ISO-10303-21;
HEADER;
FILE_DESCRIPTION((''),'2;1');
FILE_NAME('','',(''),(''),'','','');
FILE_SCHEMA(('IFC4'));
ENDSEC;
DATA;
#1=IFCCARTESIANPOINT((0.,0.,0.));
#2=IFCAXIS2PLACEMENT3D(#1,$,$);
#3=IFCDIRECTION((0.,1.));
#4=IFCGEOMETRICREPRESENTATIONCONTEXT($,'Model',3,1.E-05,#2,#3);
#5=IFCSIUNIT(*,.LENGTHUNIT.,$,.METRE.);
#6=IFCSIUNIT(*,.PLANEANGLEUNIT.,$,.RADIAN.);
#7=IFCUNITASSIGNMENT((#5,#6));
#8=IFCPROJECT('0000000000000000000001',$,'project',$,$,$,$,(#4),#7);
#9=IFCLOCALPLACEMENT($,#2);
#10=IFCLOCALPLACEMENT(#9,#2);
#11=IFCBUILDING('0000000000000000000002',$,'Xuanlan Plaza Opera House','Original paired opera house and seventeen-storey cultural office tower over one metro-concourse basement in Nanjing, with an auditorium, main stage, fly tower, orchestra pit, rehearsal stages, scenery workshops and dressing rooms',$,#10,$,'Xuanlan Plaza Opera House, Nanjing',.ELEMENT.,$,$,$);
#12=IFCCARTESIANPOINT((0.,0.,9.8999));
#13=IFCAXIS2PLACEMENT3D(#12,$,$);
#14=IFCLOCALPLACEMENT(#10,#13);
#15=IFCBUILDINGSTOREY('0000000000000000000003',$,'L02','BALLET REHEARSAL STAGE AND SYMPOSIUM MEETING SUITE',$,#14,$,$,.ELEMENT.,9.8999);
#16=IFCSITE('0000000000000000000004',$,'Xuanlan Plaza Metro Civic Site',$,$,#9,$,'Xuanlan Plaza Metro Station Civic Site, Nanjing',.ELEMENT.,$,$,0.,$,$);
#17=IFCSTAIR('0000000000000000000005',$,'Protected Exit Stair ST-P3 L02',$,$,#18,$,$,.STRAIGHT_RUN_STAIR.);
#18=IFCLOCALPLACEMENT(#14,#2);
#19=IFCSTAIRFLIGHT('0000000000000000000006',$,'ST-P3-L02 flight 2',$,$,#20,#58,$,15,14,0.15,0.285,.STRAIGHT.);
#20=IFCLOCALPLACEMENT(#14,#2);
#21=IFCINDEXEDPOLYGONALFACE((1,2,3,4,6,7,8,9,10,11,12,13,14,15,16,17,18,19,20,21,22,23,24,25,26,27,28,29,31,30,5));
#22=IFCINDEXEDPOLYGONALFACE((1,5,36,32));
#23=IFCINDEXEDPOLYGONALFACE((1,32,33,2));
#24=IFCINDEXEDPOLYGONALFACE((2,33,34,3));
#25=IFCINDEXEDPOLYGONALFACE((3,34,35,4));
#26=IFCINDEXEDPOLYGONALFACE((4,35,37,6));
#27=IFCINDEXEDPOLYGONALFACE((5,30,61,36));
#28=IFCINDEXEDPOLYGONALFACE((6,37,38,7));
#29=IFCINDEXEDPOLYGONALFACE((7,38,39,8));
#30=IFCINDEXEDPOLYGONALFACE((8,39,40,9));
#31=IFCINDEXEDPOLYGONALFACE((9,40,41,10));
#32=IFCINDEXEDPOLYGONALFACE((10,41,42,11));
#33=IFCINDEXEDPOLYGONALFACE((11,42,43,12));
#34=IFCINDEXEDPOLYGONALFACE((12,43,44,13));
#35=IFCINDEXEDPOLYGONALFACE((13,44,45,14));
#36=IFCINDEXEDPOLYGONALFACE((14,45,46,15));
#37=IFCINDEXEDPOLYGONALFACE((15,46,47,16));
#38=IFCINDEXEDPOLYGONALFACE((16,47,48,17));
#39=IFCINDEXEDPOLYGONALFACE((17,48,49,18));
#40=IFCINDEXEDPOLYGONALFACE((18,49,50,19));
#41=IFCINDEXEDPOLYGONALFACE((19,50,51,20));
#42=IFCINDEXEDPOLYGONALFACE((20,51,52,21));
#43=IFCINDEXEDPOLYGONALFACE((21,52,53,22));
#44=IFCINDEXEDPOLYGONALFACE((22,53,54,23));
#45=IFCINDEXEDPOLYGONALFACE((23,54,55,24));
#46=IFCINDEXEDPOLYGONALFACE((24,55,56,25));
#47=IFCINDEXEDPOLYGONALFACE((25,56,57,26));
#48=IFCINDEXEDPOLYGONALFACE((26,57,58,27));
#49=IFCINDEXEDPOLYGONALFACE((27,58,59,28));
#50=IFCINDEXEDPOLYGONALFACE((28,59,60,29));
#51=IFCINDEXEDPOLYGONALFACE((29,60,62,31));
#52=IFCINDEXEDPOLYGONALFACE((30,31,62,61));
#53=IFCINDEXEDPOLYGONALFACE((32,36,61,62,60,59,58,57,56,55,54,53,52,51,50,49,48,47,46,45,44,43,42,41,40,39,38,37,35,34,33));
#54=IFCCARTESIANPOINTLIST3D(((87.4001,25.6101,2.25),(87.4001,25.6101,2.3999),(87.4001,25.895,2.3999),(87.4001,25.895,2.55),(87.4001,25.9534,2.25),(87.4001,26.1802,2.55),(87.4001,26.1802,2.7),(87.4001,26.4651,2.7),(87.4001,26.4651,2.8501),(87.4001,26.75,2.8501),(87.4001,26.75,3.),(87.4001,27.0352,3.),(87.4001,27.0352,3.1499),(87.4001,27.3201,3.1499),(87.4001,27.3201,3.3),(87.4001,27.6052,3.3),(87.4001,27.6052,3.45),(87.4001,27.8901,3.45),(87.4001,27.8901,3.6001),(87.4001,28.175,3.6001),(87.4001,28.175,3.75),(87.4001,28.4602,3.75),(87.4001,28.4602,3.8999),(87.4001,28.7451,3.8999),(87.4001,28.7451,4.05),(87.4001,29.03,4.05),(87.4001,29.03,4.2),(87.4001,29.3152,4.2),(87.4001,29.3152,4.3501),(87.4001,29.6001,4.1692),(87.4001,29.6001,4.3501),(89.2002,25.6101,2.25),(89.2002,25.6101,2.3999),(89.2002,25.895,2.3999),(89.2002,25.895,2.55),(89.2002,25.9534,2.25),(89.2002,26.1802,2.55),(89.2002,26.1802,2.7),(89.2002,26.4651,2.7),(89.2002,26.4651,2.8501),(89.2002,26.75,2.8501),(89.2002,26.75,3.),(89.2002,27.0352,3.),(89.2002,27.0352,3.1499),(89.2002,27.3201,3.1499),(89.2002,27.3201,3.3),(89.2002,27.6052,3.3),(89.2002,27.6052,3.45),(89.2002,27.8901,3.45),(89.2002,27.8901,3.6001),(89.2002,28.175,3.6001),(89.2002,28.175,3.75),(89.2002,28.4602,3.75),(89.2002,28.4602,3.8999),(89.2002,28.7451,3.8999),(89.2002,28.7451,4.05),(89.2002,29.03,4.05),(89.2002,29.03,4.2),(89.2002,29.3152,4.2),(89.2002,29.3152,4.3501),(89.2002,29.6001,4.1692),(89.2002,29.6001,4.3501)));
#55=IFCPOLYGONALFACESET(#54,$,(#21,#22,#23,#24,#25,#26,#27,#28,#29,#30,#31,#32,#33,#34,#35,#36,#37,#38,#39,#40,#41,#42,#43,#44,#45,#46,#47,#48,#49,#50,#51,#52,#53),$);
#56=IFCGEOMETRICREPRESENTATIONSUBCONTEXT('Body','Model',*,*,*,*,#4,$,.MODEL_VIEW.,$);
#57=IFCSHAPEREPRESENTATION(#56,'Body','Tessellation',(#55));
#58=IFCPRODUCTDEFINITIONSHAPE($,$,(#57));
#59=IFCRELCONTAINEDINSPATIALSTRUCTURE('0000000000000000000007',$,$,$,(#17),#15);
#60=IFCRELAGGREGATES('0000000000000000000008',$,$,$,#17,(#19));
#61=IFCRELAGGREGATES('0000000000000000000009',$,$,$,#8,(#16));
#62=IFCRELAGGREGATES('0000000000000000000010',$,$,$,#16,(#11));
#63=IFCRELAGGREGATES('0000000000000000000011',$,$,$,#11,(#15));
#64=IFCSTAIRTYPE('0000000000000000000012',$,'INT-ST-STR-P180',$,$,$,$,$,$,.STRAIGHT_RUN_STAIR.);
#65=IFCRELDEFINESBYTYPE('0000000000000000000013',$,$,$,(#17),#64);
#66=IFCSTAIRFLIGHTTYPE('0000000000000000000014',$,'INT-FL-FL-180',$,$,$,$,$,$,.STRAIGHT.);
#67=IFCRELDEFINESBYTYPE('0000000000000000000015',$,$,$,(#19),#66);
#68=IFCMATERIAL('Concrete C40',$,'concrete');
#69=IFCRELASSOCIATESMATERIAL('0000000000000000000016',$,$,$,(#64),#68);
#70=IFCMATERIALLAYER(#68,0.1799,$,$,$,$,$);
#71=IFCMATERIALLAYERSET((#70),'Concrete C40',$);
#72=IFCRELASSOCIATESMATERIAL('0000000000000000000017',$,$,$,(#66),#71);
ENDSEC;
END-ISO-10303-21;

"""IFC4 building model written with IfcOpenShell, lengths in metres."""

from ifc_helpers import new_model, si_unit, direction, frame, origin, place, context, subcontext, project, spatial, polyline, outline, extrude, material, layer, layer_set, type_object, element, aggregate, save


model = new_model("IFC4")

# Units and contexts
model_context = context("Model", 3, precision=1e-05, world=origin(), true_north=direction((0.0, 1.0)))
body_context = subcontext(model_context, "Body", "Model", "MODEL_VIEW")
ifc_project = project(units=[si_unit("LENGTHUNIT", "METRE"), si_unit("PLANEANGLEUNIT", "RADIAN")], contexts=[model_context])

# Site, building, storey
site_placement = place(None, origin())
site = spatial("IfcSite", under=ifc_project, at=site_placement, Name="Xuanlan Plaza Metro Civic Site", LongName="Xuanlan Plaza Metro Station Civic Site, Nanjing", CompositionType="ELEMENT", RefElevation=0.0)
building_placement = place(site_placement, origin())
building = spatial("IfcBuilding", under=site, at=building_placement, Name="Xuanlan Plaza Opera House", Description="Original paired opera house and seventeen-storey cultural office tower over one metro-concourse basement in Nanjing, with an auditorium, main stage, fly tower, orchestra pit, rehearsal stages, scenery workshops and dressing rooms", LongName="Xuanlan Plaza Opera House, Nanjing", CompositionType="ELEMENT")
storey_placement = place(building_placement, frame((0.0, 0.0, 9.8999)))
storey = spatial("IfcBuildingStorey", under=building, at=storey_placement, Name="L02", Description="BALLET REHEARSAL STAGE AND SYMPOSIUM MEETING SUITE", CompositionType="ELEMENT", Elevation=9.8999)

# Shared definitions
ifc_material_1 = material(Name="Concrete C40", Category="concrete")

# Stair, stair flight
stair_type = type_object("IfcStairType", Name="INT-ST-STR-P180", PredefinedType="STRAIGHT_RUN_STAIR", material=ifc_material_1)
stair_placement = place(storey_placement, origin())
stair = element("IfcStair", 1, at=stair_placement, inside=storey, type_object=stair_type, Name="Protected Exit Stair ST-P3 L02", PredefinedType="STRAIGHT_RUN_STAIR")
ifc_layer_1 = layer(ifc_material_1, 0.1799)
ifc_layer_set_1 = layer_set([ifc_layer_1], Name="Concrete C40")
stair_flight_type = type_object("IfcStairFlightType", Name="INT-FL-FL-180", PredefinedType="STRAIGHT", material=ifc_layer_set_1)
stair_flight_1_placement = place(storey_placement, frame((88.3, 25.6101, 2.25), z_axis=(0.0, 0.0, 1.0), x_axis=(0.0, 1.0, 0.0)))
stair_flight_1 = element("IfcStairFlight", 2, at=stair_flight_1_placement, type_object=stair_flight_type, Name="ST-P3-L02 flight 2", NumberOfRisers=15, NumberOfTreads=14, PredefinedType="STRAIGHT", RiserHeight=0.15, TreadLength=0.285, context=body_context, shape_type="SweptSolid", body=[
    extrude(outline(polyline([(0.0, 0.0), (0.0, 0.1499), (0.2849, 0.1499), (0.2849, 0.3), (0.5701, 0.3), (0.5701, 0.45), (0.855, 0.45), (0.855, 0.6001), (1.1399, 0.6001), (1.1399, 0.75), (1.425, 0.75), (1.425, 0.8999), (1.71, 0.8999), (1.71, 1.05), (1.9951, 1.05), (1.9951, 1.2), (2.28, 1.2), (2.28, 1.3501), (2.5649, 1.3501), (2.5649, 1.5), (2.8501, 1.5), (2.8501, 1.6499), (3.135, 1.6499), (3.135, 1.8), (3.4199, 1.8), (3.4199, 1.95), (3.7051, 1.95), (3.7051, 2.1001), (3.99, 2.1001), (3.99, 2.25), (3.99, 1.9192), (0.3433, 0.0), (0.0, 0.0)])), frame((0.0, 0.8999, 0.0), z_axis=(0.0, -1.0, 0.0), x_axis=(1.0, 0.0, 0.0)), (0.0, 0.0, 1.0), 1.8),
])
aggregate(stair, [stair_flight_1])

save(model, "model.ifc")
